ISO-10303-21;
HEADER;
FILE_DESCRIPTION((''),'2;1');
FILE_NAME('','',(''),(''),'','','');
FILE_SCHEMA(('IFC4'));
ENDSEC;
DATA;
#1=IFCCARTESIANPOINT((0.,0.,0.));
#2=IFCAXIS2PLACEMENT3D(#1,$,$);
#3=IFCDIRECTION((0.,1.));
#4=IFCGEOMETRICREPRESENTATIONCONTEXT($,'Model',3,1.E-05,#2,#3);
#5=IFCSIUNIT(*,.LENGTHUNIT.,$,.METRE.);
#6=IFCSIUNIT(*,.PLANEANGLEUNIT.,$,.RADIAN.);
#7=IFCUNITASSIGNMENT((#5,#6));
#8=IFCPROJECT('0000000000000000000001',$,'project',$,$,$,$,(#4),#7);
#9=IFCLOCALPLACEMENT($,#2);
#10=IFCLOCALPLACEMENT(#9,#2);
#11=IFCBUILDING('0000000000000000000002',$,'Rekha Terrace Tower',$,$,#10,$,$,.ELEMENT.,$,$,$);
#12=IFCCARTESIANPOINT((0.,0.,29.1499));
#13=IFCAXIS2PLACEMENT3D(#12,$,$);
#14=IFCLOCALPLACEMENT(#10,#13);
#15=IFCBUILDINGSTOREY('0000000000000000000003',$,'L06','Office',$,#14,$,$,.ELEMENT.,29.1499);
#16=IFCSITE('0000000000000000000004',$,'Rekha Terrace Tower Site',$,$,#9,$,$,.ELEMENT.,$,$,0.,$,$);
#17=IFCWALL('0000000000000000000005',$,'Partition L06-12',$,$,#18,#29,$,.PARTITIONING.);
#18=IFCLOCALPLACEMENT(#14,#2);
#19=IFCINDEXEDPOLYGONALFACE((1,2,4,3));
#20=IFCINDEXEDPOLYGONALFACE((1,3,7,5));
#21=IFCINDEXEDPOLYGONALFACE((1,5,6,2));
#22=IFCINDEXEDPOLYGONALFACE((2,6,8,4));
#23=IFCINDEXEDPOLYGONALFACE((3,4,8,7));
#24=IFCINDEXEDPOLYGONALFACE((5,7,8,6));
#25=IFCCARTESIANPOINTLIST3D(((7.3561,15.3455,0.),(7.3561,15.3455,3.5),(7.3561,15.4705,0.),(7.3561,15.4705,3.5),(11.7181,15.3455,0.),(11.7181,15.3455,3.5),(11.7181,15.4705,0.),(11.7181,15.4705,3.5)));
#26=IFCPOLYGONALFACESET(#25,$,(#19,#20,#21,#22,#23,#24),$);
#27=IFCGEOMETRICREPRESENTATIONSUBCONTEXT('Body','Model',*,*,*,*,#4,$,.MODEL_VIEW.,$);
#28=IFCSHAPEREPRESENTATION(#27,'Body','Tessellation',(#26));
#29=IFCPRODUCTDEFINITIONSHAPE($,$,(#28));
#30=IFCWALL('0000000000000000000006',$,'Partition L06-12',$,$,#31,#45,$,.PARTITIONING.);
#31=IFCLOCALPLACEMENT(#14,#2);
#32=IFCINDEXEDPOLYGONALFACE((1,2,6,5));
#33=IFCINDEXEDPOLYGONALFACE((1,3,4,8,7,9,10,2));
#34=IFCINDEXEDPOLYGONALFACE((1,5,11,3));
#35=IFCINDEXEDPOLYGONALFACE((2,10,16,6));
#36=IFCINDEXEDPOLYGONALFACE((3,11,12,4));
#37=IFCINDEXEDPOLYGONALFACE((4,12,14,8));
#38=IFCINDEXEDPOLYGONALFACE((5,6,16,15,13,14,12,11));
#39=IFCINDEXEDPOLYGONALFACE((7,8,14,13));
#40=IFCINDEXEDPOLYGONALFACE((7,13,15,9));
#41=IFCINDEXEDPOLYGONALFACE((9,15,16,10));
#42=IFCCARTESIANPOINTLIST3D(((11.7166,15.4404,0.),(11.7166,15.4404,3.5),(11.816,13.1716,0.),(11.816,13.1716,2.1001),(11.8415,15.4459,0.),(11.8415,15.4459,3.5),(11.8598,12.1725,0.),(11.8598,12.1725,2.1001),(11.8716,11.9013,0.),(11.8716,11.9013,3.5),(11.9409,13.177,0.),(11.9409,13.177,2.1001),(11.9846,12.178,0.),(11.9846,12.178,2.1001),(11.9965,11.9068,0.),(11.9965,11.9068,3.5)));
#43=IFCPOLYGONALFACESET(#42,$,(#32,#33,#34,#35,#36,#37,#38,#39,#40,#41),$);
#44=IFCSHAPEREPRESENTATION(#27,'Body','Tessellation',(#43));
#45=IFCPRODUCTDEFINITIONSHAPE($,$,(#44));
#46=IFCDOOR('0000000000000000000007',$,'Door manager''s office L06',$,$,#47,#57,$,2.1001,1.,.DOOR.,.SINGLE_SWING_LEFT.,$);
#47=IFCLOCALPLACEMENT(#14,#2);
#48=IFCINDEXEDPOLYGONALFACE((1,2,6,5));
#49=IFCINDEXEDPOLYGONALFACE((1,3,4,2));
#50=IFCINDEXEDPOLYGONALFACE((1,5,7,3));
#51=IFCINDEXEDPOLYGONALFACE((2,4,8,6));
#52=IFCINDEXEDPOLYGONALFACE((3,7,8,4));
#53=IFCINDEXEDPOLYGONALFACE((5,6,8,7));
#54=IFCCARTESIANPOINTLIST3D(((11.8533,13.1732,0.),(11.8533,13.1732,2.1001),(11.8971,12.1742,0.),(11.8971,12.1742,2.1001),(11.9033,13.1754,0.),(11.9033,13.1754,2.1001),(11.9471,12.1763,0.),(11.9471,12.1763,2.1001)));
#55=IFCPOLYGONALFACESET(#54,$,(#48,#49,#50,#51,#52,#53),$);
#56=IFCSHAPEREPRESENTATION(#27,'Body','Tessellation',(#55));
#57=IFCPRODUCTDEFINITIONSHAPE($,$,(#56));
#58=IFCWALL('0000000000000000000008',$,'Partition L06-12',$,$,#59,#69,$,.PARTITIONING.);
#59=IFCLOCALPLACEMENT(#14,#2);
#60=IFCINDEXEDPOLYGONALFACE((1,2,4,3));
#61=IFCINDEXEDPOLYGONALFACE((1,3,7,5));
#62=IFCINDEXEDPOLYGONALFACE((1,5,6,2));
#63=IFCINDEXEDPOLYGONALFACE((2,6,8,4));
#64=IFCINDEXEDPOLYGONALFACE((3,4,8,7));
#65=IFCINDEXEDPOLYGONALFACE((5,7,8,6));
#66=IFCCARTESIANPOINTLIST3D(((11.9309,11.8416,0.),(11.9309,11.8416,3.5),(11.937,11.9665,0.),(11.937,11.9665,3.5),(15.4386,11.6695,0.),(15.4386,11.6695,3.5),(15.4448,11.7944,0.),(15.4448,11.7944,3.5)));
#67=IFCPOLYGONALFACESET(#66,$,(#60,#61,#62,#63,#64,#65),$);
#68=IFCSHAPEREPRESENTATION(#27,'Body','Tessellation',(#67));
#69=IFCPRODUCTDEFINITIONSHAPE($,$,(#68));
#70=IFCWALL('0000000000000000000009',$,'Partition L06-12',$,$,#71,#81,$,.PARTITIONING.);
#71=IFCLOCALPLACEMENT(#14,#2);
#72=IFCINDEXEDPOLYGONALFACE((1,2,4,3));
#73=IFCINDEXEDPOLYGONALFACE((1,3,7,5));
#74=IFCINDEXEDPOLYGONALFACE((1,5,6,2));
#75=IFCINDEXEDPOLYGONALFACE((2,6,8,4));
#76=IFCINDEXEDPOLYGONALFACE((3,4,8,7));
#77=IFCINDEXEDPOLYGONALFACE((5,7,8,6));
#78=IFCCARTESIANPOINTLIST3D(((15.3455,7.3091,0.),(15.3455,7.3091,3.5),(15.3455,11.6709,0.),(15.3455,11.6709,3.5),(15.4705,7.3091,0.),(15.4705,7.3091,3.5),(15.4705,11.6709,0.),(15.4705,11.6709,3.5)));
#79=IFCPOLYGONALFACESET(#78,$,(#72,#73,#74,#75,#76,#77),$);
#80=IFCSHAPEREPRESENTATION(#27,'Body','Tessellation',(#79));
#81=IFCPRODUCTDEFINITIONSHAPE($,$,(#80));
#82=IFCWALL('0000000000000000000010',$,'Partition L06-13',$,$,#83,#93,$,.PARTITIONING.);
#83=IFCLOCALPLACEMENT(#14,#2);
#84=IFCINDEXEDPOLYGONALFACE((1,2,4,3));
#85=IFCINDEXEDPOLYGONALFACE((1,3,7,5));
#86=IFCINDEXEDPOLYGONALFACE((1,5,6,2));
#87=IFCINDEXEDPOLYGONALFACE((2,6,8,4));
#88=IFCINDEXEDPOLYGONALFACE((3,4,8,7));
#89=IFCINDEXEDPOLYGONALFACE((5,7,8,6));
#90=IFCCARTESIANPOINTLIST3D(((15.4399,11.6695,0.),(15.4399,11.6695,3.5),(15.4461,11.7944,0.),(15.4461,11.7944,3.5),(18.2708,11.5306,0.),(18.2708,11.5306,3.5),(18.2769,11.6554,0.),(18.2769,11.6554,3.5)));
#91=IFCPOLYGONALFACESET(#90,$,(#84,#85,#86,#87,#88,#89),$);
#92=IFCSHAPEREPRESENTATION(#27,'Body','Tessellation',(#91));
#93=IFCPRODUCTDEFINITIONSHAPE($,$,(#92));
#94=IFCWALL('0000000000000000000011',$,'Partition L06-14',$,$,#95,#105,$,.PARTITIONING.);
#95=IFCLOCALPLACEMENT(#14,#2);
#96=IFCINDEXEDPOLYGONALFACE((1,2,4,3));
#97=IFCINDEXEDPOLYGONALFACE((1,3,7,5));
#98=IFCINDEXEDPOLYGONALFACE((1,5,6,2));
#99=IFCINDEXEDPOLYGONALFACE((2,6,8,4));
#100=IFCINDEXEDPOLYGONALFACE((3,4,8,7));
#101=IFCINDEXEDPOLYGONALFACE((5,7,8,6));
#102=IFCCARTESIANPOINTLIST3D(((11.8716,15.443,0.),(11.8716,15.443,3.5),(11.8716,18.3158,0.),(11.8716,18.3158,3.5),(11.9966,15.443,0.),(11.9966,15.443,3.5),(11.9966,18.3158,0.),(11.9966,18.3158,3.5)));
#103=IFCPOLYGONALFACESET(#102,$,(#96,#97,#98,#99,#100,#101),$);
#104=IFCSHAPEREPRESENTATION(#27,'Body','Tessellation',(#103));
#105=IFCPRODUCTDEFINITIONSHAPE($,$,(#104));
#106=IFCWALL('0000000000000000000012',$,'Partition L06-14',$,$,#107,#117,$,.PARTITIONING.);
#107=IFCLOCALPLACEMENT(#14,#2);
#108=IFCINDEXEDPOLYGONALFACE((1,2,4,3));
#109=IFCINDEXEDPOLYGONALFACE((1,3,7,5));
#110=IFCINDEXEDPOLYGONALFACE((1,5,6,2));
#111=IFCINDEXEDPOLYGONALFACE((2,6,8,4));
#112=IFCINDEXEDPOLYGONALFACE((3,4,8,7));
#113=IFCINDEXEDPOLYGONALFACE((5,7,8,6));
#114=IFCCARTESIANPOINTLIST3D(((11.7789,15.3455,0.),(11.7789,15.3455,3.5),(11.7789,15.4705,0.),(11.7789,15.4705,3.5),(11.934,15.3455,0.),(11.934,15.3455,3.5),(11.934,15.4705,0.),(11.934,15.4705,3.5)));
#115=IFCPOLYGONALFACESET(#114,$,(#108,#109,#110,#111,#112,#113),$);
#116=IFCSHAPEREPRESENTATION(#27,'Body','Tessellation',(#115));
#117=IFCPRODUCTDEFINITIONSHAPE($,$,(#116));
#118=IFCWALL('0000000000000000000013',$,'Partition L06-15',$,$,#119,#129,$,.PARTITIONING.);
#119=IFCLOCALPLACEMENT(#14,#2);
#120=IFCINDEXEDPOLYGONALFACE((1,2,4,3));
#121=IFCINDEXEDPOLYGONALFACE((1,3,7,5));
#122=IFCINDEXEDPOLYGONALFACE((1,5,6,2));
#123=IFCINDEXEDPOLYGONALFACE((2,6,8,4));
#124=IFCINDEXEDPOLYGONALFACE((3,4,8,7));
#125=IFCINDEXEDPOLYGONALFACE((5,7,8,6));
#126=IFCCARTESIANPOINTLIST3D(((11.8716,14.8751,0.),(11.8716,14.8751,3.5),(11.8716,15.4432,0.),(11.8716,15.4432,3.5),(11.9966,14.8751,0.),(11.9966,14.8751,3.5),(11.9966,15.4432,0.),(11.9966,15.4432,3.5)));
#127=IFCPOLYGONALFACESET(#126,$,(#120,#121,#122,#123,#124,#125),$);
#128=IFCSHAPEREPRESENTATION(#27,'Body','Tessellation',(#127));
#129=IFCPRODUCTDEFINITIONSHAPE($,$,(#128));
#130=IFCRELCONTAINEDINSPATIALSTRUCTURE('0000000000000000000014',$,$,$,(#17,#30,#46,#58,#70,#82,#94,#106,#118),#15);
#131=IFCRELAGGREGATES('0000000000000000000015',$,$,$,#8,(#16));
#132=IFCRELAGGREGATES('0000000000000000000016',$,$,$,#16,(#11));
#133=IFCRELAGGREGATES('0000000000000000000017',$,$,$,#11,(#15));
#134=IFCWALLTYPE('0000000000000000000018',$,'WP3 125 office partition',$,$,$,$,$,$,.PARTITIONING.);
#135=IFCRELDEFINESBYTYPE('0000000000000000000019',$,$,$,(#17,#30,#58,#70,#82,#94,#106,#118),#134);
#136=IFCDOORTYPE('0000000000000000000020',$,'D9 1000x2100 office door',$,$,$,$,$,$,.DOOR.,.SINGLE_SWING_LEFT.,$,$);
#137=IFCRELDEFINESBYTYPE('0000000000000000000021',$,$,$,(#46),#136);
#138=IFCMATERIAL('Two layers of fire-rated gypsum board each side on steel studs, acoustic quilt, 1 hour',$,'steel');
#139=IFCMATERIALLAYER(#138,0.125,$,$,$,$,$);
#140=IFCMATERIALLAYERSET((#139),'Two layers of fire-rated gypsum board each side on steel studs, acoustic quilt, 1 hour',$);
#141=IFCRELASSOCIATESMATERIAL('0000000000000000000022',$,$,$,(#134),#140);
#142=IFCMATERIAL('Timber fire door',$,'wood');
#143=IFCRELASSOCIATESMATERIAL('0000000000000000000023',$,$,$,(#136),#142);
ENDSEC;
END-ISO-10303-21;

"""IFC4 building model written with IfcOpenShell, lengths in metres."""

from ifc_helpers import new_model, si_unit, direction, frame, frame_2d, origin, place, context, subcontext, project, spatial, rectangle, extrude, material, layer, layer_set, type_object, element, fill, save


model = new_model("IFC4")

# Units and contexts
model_context = context("Model", 3, precision=1e-05, world=origin(), true_north=direction((0.0, 1.0)))
body_context = subcontext(model_context, "Body", "Model", "MODEL_VIEW")
ifc_project = project(units=[si_unit("LENGTHUNIT", "METRE"), si_unit("PLANEANGLEUNIT", "RADIAN")], contexts=[model_context])

# Site, building, storey
site_placement = place(None, origin())
site = spatial("IfcSite", under=ifc_project, at=site_placement, Name="Rekha Terrace Tower Site", CompositionType="ELEMENT", RefElevation=0.0)
building_placement = place(site_placement, origin())
building = spatial("IfcBuilding", under=site, at=building_placement, Name="Rekha Terrace Tower", CompositionType="ELEMENT")
storey_placement = place(building_placement, frame((0.0, 0.0, 29.1499)))
storey = spatial("IfcBuildingStorey", under=building, at=storey_placement, Name="L06", Description="Office", CompositionType="ELEMENT", Elevation=29.1499)

# Wall
ifc_material_1 = material(Name="Two layers of fire-rated gypsum board each side on steel studs, acoustic quilt, 1 hour", Category="steel")
ifc_layer_1 = layer(ifc_material_1, 0.125)
ifc_layer_set_1 = layer_set([ifc_layer_1], Name="Two layers of fire-rated gypsum board each side on steel studs, acoustic quilt, 1 hour")
wall_type = type_object("IfcWallType", Name="WP3 125 office partition", PredefinedType="PARTITIONING", material=ifc_layer_set_1)
wall_1_placement = place(storey_placement, frame((7.356, 15.408, 0.0), z_axis=(0.0, 0.0, 1.0), x_axis=(1.0, 0.0, 0.0)))
element("IfcWall", 1, at=wall_1_placement, inside=storey, type_object=wall_type, Name="Partition L06-12", PredefinedType="PARTITIONING", context=body_context, shape_type="SweptSolid", body=[
    extrude(rectangle(XDim=4.3621, YDim=0.125, at=frame_2d((2.1812, 0.0))), origin(), (0.0, 0.0, 1.0), 3.5),
])

# Wall, opening, door
wall_2_placement = place(storey_placement, frame((11.7791, 15.4431, 0.0), z_axis=(0.0, 0.0, 1.0), x_axis=(0.043763, -0.999042, 0.0)))
wall_2 = element("IfcWall", 2, at=wall_2_placement, inside=storey, type_object=wall_type, Name="Partition L06-12", PredefinedType="PARTITIONING", context=body_context, shape_type="SweptSolid", body=[
    extrude(rectangle(XDim=3.5425, YDim=0.125, at=frame_2d((1.7712, 0.0))), origin(), (0.0, 0.0, 1.0), 3.5),
])
opening_placement = place(wall_2_placement, frame((2.271, 0.0, 0.0)))
opening = element("IfcOpeningElement", 3, at=opening_placement, cuts=wall_2, PredefinedType="OPENING", context=body_context, shape_type="SweptSolid", body=[
    extrude(rectangle(XDim=1.0, YDim=2.1001, at=frame_2d((0.5, 1.05))), frame((0.0, 0.0725, 0.0), z_axis=(0.0, -1.0, 0.0), x_axis=(1.0, 0.0, 0.0)), (0.0, 0.0, 1.0), 0.145),
])
ifc_material_2 = material(Name="Timber fire door", Category="wood")
door_type = type_object("IfcDoorType", Name="D9 1000x2100 office door", OperationType="SINGLE_SWING_LEFT", PredefinedType="DOOR", material=ifc_material_2)
door_placement = place(opening_placement, origin())
door = element("IfcDoor", 4, at=door_placement, inside=storey, type_object=door_type, Name="Door manager's office L06", OperationType="SINGLE_SWING_LEFT", OverallHeight=2.1001, OverallWidth=1.0, PredefinedType="DOOR", context=body_context, shape_type="SweptSolid", body=[
    extrude(rectangle(XDim=1.0, YDim=2.1001, at=frame_2d((0.5, 1.05))), frame((0.0, 0.0249, 0.0), z_axis=(0.0, -1.0, 0.0), x_axis=(1.0, 0.0, 0.0)), (0.0, 0.0, 1.0), 0.05),
])
fill(opening, door)

# Walls
wall_3_placement = place(storey_placement, frame((11.9341, 11.9041, 0.0), z_axis=(0.0, 0.0, 1.0), x_axis=(0.998798, -0.049008, 0.0)))
element("IfcWall", 5, at=wall_3_placement, inside=storey, type_object=wall_type, Name="Partition L06-12", PredefinedType="PARTITIONING", context=body_context, shape_type="SweptSolid", body=[
    extrude(rectangle(XDim=3.512, YDim=0.125, at=frame_2d((1.7559, 0.0))), origin(), (0.0, 0.0, 1.0), 3.5),
])
wall_4_placement = place(storey_placement, frame((15.408, 11.6709, 0.0), z_axis=(0.0, 0.0, 1.0), x_axis=(0.0, -1.0, 0.0)))
element("IfcWall", 6, at=wall_4_placement, inside=storey, type_object=wall_type, Name="Partition L06-12", PredefinedType="PARTITIONING", context=body_context, shape_type="SweptSolid", body=[
    extrude(rectangle(XDim=4.3618, YDim=0.125, at=frame_2d((2.1809, 0.0))), origin(), (0.0, 0.0, 1.0), 3.5),
])
wall_5_placement = place(storey_placement, frame((15.4431, 11.7319, 0.0), z_axis=(0.0, 0.0, 1.0), x_axis=(0.998798, -0.049014, 0.0)))
element("IfcWall", 7, at=wall_5_placement, inside=storey, type_object=wall_type, Name="Partition L06-13", PredefinedType="PARTITIONING", context=body_context, shape_type="SweptSolid", body=[
    extrude(rectangle(XDim=2.8342, YDim=0.125, at=frame_2d((1.417, 0.0))), origin(), (0.0, 0.0, 1.0), 3.5),
])
wall_6_placement = place(storey_placement, frame((11.9341, 18.3159, 0.0), z_axis=(0.0, 0.0, 1.0), x_axis=(0.0, -1.0, 0.0)))
element("IfcWall", 8, at=wall_6_placement, inside=storey, type_object=wall_type, Name="Partition L06-14", PredefinedType="PARTITIONING", context=body_context, shape_type="SweptSolid", body=[
    extrude(rectangle(XDim=2.8728, YDim=0.125, at=frame_2d((1.4365, 0.0))), origin(), (0.0, 0.0, 1.0), 3.5),
])
wall_7_placement = place(storey_placement, frame((11.9341, 15.408, 0.0), z_axis=(0.0, 0.0, 1.0), x_axis=(-1.0, 0.0, 0.0)))
element("IfcWall", 9, at=wall_7_placement, inside=storey, type_object=wall_type, Name="Partition L06-14", PredefinedType="PARTITIONING", context=body_context, shape_type="SweptSolid", body=[
    extrude(rectangle(XDim=0.155, YDim=0.125, at=frame_2d((0.0776, 0.0))), origin(), (0.0, 0.0, 1.0), 3.5),
])
wall_8_placement = place(storey_placement, frame((11.9341, 14.875, 0.0), z_axis=(0.0, 0.0, 1.0), x_axis=(0.0, 1.0, 0.0)))
element("IfcWall", 10, at=wall_8_placement, inside=storey, type_object=wall_type, Name="Partition L06-15", PredefinedType="PARTITIONING", context=body_context, shape_type="SweptSolid", body=[
    extrude(rectangle(XDim=0.5681, YDim=0.125, at=frame_2d((0.2842, 0.0))), origin(), (0.0, 0.0, 1.0), 3.5),
])

save(model, "model.ifc")
